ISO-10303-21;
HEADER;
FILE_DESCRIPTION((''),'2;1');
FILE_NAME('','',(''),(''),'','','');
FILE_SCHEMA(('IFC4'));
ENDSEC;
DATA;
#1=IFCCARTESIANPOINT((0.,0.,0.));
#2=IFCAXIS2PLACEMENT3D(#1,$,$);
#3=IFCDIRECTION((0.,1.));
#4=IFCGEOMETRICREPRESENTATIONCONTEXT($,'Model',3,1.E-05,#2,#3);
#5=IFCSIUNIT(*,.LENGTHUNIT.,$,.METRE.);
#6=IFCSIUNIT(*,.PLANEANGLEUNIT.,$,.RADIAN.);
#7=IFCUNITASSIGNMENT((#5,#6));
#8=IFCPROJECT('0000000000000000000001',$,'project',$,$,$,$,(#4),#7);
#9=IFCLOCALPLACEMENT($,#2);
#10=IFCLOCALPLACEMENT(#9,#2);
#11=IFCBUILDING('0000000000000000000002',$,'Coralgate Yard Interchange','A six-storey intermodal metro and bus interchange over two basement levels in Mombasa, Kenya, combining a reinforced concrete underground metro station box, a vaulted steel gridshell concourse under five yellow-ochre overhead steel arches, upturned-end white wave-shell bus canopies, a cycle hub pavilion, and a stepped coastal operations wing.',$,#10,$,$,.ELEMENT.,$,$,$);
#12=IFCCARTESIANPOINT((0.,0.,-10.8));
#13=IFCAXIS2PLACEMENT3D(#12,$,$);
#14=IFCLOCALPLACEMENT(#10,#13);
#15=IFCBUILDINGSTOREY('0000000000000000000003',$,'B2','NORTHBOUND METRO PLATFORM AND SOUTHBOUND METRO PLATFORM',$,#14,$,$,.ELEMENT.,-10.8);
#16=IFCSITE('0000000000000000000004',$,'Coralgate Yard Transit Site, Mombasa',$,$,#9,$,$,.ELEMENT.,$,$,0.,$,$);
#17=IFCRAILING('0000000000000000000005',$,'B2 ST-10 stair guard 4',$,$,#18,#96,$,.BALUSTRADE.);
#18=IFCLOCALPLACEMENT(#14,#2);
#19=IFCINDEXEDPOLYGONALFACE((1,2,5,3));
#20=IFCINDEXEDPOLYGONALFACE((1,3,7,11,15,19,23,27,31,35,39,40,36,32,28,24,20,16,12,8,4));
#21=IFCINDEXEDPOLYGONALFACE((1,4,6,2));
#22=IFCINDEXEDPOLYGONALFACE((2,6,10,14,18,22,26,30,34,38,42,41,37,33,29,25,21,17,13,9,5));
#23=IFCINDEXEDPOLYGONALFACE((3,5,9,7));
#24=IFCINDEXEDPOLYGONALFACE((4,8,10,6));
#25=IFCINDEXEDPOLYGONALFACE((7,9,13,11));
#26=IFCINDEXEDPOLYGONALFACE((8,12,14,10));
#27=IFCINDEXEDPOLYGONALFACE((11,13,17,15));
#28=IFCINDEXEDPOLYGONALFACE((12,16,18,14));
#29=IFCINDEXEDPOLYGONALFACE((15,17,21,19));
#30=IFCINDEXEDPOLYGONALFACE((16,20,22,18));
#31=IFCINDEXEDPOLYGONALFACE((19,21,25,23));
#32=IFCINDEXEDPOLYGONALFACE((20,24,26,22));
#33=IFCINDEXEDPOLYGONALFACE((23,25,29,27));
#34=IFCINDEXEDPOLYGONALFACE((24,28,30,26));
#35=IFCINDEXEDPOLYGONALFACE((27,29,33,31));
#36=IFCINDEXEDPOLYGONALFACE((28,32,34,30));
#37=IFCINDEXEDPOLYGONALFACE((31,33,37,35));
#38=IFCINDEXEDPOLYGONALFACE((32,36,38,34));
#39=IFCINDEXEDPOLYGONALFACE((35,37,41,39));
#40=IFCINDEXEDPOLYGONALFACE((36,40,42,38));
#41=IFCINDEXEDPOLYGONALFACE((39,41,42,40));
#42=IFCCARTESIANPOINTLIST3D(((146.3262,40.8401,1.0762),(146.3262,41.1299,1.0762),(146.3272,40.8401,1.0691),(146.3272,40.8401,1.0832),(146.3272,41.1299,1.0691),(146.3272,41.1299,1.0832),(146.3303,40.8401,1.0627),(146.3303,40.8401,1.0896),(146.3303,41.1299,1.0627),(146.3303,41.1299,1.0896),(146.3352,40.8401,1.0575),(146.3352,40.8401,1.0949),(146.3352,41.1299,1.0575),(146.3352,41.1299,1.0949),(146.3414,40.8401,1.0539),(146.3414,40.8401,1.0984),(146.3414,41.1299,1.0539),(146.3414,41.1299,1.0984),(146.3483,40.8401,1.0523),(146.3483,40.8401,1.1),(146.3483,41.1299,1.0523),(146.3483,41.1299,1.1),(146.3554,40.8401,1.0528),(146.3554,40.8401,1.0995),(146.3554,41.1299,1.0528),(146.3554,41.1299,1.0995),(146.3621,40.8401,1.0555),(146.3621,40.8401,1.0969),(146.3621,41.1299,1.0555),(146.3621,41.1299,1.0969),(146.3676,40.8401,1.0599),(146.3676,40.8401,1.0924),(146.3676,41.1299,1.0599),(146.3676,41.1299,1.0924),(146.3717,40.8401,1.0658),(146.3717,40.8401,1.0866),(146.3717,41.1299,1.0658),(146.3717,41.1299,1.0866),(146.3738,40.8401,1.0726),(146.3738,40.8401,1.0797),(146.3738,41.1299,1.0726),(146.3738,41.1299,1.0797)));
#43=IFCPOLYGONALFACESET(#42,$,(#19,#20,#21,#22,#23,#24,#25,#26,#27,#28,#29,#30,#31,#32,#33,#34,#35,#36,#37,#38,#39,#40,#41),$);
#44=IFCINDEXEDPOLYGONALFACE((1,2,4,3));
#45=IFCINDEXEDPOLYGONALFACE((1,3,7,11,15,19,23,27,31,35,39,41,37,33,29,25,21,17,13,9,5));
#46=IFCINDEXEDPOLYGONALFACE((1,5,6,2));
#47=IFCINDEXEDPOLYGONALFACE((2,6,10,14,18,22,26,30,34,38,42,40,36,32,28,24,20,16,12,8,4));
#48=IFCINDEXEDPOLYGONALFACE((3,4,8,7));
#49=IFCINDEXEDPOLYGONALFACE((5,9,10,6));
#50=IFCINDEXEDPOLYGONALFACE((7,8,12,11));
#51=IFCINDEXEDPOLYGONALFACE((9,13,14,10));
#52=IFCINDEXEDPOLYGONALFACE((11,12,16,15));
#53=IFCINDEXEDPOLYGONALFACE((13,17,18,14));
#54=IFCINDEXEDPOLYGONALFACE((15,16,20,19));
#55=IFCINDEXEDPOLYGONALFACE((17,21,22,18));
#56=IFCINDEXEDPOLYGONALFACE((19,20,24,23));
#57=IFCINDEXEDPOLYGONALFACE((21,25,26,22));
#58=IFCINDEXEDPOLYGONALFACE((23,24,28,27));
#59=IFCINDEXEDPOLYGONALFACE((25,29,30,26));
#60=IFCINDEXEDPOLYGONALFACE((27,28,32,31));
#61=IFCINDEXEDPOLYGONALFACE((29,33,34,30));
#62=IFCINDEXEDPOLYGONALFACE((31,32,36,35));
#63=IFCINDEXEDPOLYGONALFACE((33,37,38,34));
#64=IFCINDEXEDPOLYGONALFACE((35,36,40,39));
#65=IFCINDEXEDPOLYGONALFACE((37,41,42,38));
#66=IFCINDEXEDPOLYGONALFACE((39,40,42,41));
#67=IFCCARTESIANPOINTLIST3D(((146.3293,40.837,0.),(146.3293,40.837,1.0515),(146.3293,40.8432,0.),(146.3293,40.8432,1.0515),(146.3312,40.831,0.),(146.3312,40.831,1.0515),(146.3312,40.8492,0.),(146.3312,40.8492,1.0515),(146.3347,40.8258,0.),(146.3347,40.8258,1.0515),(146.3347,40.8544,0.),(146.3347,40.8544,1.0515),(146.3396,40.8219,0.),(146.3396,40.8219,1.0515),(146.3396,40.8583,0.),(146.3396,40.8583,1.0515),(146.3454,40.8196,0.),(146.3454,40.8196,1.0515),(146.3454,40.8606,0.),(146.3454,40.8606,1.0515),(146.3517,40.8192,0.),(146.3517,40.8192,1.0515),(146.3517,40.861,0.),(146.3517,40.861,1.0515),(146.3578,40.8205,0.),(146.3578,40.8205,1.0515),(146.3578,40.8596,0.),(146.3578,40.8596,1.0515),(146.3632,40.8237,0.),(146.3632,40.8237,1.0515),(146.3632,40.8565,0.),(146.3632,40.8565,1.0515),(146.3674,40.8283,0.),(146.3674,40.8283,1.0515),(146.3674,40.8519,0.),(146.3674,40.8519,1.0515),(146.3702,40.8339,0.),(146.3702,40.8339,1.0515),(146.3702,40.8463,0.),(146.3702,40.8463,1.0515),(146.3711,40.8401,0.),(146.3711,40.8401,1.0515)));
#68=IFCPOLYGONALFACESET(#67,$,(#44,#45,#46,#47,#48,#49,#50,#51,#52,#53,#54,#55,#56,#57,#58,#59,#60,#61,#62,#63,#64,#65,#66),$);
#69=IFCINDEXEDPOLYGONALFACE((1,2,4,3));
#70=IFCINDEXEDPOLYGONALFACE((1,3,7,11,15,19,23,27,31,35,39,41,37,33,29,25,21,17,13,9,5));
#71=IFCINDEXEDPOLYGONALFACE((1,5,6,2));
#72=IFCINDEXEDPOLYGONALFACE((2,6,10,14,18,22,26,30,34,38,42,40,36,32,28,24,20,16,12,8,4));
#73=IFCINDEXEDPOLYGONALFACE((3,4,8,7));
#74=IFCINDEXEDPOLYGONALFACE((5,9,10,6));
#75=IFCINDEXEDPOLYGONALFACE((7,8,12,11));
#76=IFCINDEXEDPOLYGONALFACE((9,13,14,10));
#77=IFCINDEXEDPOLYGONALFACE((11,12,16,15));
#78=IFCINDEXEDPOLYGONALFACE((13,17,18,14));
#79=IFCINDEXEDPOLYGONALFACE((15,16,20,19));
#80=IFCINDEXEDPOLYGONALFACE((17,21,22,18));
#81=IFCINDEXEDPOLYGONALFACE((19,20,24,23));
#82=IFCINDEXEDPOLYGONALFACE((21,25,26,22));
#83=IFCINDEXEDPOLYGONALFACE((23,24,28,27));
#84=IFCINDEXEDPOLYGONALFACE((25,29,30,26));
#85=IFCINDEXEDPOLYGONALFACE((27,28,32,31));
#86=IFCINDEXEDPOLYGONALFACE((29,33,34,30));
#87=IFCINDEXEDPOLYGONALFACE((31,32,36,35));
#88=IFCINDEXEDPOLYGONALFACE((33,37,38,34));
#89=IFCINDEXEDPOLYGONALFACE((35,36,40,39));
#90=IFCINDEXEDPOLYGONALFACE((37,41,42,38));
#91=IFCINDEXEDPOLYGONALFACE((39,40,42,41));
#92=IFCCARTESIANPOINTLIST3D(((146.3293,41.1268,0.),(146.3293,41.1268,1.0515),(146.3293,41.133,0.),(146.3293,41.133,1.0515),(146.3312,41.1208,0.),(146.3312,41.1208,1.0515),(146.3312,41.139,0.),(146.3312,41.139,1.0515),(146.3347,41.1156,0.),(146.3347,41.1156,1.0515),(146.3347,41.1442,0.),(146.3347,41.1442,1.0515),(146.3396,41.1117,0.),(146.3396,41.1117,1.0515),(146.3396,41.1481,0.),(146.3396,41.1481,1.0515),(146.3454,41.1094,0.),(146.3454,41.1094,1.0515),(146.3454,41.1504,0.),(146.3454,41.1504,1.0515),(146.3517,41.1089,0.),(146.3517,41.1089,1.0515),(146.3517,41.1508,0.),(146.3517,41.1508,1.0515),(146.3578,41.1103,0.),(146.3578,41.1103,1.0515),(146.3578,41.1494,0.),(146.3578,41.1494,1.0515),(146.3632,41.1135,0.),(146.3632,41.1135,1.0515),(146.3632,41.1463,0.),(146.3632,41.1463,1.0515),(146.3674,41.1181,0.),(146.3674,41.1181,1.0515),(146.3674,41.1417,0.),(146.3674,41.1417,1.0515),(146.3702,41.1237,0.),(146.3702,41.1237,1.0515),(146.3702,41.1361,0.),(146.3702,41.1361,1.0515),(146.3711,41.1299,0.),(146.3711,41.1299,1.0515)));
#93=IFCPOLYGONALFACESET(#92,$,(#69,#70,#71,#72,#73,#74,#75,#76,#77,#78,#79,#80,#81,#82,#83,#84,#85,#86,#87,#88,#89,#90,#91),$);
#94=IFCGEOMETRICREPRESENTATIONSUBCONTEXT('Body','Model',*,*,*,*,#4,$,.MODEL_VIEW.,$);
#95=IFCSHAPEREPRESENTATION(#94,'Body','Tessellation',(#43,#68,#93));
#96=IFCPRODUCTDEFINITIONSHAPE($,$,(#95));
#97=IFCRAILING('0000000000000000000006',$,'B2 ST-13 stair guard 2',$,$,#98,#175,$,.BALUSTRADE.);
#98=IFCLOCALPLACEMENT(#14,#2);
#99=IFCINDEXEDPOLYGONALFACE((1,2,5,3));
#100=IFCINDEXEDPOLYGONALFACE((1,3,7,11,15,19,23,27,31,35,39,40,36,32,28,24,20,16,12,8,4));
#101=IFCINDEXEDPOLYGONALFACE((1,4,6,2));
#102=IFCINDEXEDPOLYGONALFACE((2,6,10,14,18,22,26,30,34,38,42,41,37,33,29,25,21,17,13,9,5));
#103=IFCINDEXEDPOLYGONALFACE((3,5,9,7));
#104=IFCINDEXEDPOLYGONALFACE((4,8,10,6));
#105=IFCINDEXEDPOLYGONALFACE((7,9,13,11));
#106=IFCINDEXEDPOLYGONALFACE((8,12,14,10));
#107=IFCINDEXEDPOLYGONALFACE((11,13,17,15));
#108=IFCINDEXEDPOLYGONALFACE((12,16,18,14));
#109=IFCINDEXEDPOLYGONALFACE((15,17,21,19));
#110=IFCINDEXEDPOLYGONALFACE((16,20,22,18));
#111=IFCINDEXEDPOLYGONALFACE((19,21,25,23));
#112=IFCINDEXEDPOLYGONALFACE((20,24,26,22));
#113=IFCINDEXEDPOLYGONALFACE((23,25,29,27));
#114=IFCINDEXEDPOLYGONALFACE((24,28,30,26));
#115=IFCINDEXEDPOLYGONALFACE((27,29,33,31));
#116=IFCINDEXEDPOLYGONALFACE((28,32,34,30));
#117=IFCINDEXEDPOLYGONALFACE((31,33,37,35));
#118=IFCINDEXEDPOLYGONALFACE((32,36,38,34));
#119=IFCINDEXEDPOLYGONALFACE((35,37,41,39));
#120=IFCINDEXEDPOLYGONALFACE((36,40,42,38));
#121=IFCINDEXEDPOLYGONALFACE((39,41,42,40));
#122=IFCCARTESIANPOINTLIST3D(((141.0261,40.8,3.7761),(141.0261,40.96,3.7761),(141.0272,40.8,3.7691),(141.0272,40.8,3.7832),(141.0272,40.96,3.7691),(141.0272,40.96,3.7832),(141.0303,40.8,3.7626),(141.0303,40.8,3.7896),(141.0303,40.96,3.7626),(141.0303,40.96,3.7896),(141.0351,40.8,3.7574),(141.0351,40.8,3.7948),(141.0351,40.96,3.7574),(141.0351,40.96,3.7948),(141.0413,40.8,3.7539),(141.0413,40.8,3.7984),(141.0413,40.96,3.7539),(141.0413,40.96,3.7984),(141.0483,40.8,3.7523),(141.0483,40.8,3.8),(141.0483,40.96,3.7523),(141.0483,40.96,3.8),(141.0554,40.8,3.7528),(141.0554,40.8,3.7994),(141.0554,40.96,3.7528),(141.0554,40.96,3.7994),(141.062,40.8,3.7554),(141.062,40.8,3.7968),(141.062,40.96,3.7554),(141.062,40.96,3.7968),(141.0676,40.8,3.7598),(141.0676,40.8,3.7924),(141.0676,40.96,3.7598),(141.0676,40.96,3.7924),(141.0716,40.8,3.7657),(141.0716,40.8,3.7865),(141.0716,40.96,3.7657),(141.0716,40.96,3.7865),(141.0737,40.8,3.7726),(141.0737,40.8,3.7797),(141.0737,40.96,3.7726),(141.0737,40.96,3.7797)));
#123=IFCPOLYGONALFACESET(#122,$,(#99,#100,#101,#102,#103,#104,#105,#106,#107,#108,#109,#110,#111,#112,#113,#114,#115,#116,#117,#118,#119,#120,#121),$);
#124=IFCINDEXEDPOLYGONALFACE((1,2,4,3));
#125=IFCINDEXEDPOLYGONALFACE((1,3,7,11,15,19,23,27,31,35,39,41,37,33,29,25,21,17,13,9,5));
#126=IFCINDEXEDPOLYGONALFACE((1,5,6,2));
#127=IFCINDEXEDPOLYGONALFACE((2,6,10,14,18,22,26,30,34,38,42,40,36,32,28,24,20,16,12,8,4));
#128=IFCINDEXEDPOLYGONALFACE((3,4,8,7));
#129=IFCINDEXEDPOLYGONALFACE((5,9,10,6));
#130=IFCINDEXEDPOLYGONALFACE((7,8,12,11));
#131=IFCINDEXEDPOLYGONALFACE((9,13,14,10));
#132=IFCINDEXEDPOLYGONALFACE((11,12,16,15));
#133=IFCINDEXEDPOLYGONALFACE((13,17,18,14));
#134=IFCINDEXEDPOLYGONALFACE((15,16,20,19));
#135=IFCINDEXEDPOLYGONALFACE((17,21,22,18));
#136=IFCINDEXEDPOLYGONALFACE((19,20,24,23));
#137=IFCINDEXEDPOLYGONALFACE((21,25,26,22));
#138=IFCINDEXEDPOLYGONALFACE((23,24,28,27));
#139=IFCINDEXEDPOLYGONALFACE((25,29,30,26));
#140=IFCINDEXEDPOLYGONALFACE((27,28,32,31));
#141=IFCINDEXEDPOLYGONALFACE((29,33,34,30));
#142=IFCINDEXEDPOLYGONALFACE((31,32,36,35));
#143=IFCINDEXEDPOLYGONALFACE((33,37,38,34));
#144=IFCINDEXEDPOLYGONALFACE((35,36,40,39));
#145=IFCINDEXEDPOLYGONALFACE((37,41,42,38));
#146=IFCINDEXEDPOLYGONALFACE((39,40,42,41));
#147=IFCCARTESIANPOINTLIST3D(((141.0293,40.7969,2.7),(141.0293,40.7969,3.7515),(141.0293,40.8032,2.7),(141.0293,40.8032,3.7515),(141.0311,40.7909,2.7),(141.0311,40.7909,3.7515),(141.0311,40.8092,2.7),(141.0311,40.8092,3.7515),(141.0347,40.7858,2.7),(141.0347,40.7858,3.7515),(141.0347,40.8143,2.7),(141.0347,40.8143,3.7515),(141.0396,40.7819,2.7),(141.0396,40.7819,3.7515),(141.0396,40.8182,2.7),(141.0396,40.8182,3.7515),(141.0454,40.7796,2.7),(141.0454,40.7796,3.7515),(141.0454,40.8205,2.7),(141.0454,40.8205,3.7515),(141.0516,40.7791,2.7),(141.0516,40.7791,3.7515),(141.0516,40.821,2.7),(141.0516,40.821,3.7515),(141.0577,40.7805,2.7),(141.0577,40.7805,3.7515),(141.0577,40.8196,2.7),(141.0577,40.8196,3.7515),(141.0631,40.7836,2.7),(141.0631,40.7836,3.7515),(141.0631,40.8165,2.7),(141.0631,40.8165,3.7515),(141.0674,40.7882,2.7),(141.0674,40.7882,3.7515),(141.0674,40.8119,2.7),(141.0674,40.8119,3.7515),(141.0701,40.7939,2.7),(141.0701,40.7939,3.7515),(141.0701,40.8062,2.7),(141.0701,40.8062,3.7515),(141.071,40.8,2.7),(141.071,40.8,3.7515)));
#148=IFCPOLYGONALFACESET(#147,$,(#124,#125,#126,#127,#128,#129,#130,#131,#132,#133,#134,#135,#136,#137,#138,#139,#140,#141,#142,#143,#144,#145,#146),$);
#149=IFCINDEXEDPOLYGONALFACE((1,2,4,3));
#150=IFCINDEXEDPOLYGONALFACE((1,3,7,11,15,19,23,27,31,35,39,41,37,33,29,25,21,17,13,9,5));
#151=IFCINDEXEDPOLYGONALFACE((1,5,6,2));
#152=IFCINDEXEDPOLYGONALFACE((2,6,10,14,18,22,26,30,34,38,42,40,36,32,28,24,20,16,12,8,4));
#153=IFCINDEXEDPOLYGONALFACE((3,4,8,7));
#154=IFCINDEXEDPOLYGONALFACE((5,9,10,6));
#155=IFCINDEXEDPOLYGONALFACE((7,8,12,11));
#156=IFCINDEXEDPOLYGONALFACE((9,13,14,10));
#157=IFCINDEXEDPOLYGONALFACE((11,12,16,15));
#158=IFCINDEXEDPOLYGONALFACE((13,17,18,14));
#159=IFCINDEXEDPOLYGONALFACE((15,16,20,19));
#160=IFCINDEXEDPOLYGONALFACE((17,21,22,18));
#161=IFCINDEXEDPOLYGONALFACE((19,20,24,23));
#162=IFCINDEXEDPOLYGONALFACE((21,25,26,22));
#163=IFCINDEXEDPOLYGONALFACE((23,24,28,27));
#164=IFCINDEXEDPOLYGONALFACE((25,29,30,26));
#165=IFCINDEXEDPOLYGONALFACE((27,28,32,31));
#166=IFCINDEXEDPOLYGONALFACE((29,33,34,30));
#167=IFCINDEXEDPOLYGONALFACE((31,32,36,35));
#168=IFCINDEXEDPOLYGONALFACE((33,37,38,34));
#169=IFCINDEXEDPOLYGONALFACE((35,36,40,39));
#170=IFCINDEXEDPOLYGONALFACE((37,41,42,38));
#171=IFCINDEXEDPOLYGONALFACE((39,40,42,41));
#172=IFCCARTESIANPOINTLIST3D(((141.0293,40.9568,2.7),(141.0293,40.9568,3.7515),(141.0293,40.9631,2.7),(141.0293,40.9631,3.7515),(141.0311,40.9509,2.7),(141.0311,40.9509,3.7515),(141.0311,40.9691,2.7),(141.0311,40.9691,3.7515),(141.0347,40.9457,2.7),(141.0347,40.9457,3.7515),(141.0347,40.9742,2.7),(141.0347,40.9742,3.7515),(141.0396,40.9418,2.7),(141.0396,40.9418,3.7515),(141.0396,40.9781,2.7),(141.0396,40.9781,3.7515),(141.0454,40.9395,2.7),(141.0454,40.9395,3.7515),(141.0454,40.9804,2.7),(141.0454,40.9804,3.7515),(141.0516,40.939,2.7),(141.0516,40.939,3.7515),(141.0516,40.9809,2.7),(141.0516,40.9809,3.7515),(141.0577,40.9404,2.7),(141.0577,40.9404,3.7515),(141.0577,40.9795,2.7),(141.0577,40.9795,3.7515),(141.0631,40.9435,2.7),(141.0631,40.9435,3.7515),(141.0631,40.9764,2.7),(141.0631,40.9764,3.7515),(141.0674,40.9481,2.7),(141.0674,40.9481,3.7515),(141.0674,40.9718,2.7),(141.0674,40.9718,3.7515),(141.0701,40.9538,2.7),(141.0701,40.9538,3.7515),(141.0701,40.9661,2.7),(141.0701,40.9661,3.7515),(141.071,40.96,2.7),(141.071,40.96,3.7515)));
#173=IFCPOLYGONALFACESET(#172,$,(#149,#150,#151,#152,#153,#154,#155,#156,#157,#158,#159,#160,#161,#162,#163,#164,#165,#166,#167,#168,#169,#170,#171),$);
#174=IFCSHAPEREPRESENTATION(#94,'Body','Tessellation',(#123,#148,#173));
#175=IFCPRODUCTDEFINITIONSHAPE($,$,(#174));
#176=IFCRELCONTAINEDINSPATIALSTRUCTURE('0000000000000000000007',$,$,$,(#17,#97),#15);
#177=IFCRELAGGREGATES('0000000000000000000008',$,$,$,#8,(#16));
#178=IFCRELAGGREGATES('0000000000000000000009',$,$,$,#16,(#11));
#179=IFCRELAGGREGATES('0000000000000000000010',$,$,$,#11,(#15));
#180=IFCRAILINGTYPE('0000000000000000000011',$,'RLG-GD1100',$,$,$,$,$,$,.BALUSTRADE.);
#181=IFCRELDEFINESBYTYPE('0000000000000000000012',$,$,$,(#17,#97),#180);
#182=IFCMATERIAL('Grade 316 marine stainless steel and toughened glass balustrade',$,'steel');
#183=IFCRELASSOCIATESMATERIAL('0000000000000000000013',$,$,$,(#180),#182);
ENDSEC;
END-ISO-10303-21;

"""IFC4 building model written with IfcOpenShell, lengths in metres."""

from ifc_helpers import new_model, si_unit, direction, frame, origin, origin_2d, place, context, subcontext, project, spatial, circle, extrude, material, type_object, element, save


model = new_model("IFC4")

# Units and contexts
model_context = context("Model", 3, precision=1e-05, world=origin(), true_north=direction((0.0, 1.0)))
body_context = subcontext(model_context, "Body", "Model", "MODEL_VIEW")
ifc_project = project(units=[si_unit("LENGTHUNIT", "METRE"), si_unit("PLANEANGLEUNIT", "RADIAN")], contexts=[model_context])

# Site, building, storey
site_placement = place(None, origin())
site = spatial("IfcSite", under=ifc_project, at=site_placement, Name="Coralgate Yard Transit Site, Mombasa", CompositionType="ELEMENT", RefElevation=0.0)
building_placement = place(site_placement, origin())
building = spatial("IfcBuilding", under=site, at=building_placement, Name="Coralgate Yard Interchange", Description="A six-storey intermodal metro and bus interchange over two basement levels in Mombasa, Kenya, combining a reinforced concrete underground metro station box, a vaulted steel gridshell concourse under five yellow-ochre overhead steel arches, upturned-end white wave-shell bus canopies, a cycle hub pavilion, and a stepped coastal operations wing.", CompositionType="ELEMENT")
storey_placement = place(building_placement, frame((0.0, 0.0, -10.8)))
storey = spatial("IfcBuildingStorey", under=building, at=storey_placement, Name="B2", Description="NORTHBOUND METRO PLATFORM AND SOUTHBOUND METRO PLATFORM", CompositionType="ELEMENT", Elevation=-10.8)

# Railings
ifc_material_1 = material(Name="Grade 316 marine stainless steel and toughened glass balustrade", Category="steel")
railing_type_1 = type_object("IfcRailingType", Name="RLG-GD1100", PredefinedType="BALUSTRADE", material=ifc_material_1)
railing_1_placement = place(storey_placement, frame((146.3501, 40.8401, 0.0)))
element("IfcRailing", 1, at=railing_1_placement, inside=storey, type_object=railing_type_1, Name="B2 ST-10 stair guard 4", PredefinedType="BALUSTRADE", context=body_context, shape_type="SweptSolid", body=[
    extrude(circle(Radius=0.0239, at=origin_2d()), frame((0.0, 0.0, 1.0762), z_axis=(0.0, 1.0, 0.0), x_axis=(-1.0, 0.0, 0.0)), (0.0, 0.0, 1.0), 0.2898),
    extrude(circle(Radius=0.021, at=origin_2d()), origin(), (0.0, 0.0, 1.0), 1.0515),
    extrude(circle(Radius=0.021, at=origin_2d()), frame((0.0, 0.2898, 0.0)), (0.0, 0.0, 1.0), 1.0515),
])
railing_2_placement = place(storey_placement, frame((141.05, 40.8, 2.7)))
element("IfcRailing", 2, at=railing_2_placement, inside=storey, type_object=railing_type_1, Name="B2 ST-13 stair guard 2", PredefinedType="BALUSTRADE", context=body_context, shape_type="SweptSolid", body=[
    extrude(circle(Radius=0.0239, at=origin_2d()), frame((0.0, 0.0, 1.0762), z_axis=(0.0, 1.0, 0.0), x_axis=(-1.0, 0.0, 0.0)), (0.0, 0.0, 1.0), 0.1599),
    extrude(circle(Radius=0.021, at=origin_2d()), origin(), (0.0, 0.0, 1.0), 1.0515),
    extrude(circle(Radius=0.021, at=origin_2d()), frame((0.0, 0.1599, 0.0)), (0.0, 0.0, 1.0), 1.0515),
])

save(model, "model.ifc")
